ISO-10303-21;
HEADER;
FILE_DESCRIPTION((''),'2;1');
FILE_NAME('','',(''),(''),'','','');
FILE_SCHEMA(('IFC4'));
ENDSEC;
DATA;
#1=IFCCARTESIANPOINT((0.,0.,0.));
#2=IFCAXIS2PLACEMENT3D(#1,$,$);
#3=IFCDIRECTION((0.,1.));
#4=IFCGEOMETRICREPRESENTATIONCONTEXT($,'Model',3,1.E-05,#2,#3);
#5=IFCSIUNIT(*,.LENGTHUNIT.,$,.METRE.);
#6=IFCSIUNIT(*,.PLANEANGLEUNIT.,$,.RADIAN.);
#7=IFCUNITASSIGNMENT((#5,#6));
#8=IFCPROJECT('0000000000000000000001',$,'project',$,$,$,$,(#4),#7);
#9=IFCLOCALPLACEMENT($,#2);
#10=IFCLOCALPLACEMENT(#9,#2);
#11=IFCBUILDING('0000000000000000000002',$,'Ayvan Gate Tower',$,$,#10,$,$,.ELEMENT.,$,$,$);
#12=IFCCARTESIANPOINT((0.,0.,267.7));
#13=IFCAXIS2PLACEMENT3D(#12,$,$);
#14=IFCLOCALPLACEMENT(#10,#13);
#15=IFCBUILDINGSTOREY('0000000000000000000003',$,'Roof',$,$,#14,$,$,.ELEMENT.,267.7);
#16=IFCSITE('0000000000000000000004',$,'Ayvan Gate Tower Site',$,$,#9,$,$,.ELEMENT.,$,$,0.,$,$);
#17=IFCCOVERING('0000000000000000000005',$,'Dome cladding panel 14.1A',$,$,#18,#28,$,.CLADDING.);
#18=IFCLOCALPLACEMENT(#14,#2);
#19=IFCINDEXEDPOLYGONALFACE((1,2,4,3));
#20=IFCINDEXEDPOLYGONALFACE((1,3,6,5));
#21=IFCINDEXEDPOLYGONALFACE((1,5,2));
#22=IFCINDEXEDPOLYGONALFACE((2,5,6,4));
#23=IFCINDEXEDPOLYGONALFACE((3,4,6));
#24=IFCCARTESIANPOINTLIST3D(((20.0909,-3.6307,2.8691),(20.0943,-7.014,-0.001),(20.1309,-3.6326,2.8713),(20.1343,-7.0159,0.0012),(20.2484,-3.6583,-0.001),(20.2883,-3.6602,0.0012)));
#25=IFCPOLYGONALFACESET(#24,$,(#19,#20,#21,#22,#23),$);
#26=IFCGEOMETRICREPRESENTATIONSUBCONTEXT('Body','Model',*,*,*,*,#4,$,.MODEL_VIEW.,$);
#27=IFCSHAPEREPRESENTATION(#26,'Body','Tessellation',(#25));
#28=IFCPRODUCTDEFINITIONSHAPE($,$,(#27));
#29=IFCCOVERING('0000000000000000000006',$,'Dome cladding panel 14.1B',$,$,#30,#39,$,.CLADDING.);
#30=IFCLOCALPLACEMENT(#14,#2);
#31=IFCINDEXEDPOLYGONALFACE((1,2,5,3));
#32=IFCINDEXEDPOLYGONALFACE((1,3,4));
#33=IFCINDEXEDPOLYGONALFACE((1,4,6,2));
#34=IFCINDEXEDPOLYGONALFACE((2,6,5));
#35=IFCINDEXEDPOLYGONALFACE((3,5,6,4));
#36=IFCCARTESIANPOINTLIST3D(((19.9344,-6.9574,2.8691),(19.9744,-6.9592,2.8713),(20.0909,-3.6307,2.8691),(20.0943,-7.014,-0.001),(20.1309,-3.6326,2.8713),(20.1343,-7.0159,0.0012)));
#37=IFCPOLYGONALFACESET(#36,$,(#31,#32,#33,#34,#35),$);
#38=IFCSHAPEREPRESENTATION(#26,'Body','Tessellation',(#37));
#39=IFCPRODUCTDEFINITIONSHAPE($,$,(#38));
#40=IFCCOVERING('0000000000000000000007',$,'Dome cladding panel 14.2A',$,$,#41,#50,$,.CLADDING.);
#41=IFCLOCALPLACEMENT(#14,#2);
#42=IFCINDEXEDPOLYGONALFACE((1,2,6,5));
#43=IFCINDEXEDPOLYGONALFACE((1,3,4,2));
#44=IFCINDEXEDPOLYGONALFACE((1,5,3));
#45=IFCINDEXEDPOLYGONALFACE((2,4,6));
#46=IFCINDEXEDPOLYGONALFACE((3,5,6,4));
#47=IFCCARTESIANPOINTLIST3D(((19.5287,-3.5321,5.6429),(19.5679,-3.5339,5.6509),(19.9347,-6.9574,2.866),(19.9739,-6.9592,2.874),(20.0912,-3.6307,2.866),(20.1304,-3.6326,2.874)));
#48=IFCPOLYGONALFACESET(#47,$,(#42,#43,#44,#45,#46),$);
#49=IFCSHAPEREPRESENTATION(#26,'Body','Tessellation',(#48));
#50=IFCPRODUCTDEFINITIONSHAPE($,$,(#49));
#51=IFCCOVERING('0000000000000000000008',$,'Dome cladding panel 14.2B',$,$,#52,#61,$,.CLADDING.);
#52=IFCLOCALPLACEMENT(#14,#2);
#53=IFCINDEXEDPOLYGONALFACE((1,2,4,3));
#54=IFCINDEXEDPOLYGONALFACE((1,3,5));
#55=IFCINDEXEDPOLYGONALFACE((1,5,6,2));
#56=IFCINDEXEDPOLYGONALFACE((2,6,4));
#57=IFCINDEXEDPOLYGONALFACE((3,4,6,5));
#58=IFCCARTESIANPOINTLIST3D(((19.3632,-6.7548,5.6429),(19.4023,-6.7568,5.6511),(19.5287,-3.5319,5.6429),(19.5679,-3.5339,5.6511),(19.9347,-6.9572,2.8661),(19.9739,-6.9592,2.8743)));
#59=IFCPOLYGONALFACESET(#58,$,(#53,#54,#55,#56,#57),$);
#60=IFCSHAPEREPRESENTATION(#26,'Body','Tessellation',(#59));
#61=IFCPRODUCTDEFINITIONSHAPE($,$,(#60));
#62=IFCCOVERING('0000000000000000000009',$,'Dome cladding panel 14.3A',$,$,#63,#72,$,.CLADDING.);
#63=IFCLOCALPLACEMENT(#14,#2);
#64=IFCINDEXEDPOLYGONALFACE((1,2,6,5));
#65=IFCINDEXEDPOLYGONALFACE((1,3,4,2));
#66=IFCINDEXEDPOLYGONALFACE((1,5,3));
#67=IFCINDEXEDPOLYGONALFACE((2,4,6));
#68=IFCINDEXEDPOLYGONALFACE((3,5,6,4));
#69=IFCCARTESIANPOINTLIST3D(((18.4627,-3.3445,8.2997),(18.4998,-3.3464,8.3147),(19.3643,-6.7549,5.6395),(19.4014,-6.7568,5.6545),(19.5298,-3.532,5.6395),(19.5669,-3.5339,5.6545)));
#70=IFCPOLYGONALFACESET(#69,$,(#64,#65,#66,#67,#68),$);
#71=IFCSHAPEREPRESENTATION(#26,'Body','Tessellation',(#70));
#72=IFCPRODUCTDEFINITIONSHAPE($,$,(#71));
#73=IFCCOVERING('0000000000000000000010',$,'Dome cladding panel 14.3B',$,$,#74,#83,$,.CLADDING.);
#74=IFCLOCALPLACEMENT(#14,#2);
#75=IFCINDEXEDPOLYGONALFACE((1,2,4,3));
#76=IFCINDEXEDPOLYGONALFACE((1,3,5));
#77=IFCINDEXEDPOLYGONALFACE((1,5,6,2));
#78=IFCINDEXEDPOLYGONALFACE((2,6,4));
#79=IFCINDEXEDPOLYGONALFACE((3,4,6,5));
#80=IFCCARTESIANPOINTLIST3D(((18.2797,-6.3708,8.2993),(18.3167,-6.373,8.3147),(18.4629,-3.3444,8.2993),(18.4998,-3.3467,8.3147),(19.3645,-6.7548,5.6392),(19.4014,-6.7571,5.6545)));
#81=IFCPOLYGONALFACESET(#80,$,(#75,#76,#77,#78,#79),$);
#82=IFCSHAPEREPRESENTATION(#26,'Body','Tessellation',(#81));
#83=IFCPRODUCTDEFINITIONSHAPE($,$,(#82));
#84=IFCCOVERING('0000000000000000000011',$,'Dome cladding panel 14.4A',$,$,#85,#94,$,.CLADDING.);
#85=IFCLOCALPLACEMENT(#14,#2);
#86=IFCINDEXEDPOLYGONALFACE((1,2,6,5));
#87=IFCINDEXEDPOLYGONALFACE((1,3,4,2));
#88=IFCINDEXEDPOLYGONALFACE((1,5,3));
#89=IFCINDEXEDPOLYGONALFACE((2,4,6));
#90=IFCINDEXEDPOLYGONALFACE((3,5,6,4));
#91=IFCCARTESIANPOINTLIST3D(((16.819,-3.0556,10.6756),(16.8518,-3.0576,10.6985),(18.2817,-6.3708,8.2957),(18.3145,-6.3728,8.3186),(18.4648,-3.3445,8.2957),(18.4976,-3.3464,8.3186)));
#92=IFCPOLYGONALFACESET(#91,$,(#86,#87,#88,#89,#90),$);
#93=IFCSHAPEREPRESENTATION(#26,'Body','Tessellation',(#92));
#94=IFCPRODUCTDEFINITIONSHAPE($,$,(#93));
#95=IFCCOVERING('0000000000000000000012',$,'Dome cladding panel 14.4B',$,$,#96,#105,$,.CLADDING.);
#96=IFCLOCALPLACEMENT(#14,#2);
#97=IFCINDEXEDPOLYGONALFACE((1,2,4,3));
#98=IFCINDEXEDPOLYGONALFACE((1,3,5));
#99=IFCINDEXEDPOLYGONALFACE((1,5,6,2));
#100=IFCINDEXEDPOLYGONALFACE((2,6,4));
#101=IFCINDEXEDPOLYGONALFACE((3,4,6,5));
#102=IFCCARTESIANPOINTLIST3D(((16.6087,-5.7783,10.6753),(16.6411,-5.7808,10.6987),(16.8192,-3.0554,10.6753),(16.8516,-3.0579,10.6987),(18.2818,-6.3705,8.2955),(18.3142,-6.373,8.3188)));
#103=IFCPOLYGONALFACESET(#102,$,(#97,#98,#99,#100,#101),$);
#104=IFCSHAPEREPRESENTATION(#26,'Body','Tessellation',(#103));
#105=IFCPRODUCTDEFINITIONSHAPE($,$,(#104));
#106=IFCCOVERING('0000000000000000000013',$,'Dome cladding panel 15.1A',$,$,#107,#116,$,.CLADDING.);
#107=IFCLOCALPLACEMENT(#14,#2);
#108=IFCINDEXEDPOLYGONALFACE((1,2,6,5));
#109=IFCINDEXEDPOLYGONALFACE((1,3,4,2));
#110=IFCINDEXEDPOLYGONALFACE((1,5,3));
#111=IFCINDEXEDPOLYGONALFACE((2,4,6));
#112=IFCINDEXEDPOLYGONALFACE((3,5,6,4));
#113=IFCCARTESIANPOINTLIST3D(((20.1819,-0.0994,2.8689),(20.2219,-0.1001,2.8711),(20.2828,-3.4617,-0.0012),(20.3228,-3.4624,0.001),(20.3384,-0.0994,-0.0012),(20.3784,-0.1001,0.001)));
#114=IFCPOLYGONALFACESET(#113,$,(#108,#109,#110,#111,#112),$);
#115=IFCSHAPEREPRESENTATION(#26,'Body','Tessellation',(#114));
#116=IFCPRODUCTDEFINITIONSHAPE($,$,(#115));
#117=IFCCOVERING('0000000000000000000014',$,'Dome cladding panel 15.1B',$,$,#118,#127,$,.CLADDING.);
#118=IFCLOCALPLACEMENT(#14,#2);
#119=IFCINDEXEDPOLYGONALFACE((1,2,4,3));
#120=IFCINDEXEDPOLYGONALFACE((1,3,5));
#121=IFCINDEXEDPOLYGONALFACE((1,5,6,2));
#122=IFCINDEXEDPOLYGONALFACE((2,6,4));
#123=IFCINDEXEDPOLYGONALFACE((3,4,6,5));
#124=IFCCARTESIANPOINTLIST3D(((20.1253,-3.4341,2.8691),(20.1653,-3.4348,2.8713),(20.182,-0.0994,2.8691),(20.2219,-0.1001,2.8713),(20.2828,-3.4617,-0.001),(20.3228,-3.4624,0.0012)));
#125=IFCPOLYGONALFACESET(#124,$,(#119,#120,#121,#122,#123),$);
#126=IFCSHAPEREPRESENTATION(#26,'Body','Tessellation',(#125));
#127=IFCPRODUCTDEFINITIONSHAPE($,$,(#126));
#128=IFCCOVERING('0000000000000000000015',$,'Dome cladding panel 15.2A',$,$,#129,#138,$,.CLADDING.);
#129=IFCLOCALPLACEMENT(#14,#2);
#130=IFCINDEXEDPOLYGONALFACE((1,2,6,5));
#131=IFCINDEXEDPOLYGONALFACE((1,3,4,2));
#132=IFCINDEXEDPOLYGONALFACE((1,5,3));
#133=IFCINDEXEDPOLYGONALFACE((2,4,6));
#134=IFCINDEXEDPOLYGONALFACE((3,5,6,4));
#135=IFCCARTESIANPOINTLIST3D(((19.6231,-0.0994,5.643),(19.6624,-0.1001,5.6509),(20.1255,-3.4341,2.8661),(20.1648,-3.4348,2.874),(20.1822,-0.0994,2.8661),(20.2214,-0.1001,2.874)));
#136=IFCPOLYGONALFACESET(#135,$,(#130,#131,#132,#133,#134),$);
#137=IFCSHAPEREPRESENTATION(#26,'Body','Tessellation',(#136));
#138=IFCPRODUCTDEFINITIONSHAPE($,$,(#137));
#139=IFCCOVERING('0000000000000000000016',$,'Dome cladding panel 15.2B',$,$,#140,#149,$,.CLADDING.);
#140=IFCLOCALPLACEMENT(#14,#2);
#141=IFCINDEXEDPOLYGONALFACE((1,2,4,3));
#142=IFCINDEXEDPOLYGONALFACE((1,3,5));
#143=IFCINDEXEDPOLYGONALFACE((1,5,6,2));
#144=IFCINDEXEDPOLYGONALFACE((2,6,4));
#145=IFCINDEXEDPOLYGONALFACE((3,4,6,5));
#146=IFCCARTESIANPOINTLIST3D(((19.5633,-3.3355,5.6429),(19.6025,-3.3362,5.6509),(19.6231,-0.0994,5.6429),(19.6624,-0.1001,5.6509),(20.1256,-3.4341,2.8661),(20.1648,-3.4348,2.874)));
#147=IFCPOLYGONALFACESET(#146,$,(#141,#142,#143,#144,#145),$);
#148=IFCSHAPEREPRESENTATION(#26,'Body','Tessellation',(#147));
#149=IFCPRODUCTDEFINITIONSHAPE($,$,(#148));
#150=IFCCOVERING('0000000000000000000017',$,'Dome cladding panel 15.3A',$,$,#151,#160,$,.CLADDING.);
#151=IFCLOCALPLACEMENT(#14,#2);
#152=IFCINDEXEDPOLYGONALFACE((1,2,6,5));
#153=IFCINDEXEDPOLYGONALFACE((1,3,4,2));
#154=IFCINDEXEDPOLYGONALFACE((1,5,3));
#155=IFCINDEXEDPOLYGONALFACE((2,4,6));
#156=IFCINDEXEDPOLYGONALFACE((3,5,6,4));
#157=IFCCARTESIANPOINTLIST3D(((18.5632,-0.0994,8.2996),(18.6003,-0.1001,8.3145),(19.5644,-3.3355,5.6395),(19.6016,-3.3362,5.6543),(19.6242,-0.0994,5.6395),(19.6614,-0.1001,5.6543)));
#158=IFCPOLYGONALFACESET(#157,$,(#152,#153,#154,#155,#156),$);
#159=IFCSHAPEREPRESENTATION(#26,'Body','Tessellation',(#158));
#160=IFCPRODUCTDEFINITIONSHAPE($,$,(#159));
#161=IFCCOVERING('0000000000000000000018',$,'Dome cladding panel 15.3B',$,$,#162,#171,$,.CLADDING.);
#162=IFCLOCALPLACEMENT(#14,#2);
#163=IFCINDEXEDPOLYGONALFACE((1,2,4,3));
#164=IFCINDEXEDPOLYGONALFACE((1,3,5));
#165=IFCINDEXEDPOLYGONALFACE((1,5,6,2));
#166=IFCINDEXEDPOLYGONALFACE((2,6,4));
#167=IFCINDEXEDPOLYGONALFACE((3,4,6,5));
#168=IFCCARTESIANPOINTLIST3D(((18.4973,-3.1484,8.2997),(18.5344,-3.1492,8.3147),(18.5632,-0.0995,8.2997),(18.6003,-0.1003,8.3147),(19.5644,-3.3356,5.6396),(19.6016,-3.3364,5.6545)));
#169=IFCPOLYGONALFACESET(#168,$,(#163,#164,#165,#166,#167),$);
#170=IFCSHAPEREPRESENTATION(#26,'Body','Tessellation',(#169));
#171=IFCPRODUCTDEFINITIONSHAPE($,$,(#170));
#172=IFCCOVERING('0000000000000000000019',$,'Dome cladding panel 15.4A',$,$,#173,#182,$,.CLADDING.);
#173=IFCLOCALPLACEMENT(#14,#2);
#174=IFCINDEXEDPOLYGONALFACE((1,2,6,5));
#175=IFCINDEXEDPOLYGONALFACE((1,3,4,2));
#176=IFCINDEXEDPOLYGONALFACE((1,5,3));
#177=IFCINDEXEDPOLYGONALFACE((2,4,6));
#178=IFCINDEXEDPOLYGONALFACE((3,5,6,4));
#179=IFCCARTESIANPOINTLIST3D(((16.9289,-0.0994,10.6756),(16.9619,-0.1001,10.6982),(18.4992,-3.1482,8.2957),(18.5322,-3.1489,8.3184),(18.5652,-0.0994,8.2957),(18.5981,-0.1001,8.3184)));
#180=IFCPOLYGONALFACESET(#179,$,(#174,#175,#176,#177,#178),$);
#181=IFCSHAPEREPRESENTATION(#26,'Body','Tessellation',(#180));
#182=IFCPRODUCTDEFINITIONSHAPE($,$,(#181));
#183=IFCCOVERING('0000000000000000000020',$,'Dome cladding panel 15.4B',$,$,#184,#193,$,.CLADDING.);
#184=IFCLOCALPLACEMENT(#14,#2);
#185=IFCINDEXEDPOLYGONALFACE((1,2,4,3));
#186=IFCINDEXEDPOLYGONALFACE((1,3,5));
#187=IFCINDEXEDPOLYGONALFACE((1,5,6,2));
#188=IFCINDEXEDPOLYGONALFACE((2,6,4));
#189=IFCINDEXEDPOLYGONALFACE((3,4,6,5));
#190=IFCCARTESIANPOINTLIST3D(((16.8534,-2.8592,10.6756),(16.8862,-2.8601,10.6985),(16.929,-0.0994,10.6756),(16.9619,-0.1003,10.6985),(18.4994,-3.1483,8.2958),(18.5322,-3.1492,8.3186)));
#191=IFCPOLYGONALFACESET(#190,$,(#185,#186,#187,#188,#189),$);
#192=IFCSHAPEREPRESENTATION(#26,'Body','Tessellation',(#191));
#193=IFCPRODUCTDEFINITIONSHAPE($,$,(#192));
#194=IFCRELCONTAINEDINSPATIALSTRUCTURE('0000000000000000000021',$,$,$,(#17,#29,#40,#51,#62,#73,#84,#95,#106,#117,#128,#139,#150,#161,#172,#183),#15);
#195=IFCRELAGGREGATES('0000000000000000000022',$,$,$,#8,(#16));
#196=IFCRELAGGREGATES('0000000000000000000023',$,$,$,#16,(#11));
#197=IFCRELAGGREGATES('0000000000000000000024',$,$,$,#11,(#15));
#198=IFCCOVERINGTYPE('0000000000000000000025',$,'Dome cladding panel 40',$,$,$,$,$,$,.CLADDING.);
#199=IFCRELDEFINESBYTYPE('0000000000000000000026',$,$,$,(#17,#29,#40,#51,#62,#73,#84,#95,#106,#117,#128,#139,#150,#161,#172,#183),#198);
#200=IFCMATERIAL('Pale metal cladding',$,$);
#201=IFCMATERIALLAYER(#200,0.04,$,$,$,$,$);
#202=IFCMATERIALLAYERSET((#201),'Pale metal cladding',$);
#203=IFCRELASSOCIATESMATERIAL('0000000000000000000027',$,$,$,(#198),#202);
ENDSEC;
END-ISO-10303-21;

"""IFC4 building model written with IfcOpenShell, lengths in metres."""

from ifc_helpers import new_model, si_unit, direction, frame, origin, place, context, subcontext, project, spatial, polyline, outline, extrude, material, layer, layer_set, type_object, element, save


model = new_model("IFC4")

# Units and contexts
model_context = context("Model", 3, precision=1e-05, world=origin(), true_north=direction((0.0, 1.0)))
body_context = subcontext(model_context, "Body", "Model", "MODEL_VIEW")
ifc_project = project(units=[si_unit("LENGTHUNIT", "METRE"), si_unit("PLANEANGLEUNIT", "RADIAN")], contexts=[model_context])

# Site, building, storey
site_placement = place(None, origin())
site = spatial("IfcSite", under=ifc_project, at=site_placement, Name="Ayvan Gate Tower Site", CompositionType="ELEMENT", RefElevation=0.0)
building_placement = place(site_placement, origin())
building = spatial("IfcBuilding", under=site, at=building_placement, Name="Ayvan Gate Tower", CompositionType="ELEMENT")
storey_placement = place(building_placement, frame((0.0, 0.0, 267.7)))
storey = spatial("IfcBuildingStorey", under=building, at=storey_placement, Name="Roof", CompositionType="ELEMENT", Elevation=267.7)

# Coverings
ifc_material_1 = material(Name="Pale metal cladding")
ifc_layer_1 = layer(ifc_material_1, 0.04)
ifc_layer_set_1 = layer_set([ifc_layer_1], Name="Pale metal cladding")
covering_type = type_object("IfcCoveringType", Name="Dome cladding panel 40", PredefinedType="CLADDING", material=ifc_layer_set_1)
covering_1_placement = place(storey_placement, frame((20.1343, -7.0159, 0.0012), z_axis=(0.997427, -0.045789, 0.055165), x_axis=(0.045859, 0.998948, 0.0)))
element("IfcCovering", 1, at=covering_1_placement, inside=storey, type_object=covering_type, Name="Dome cladding panel 14.1A", PredefinedType="CLADDING", context=body_context, shape_type="SweptSolid", body=[
    extrude(outline(polyline([(0.0, 0.0), (3.3592, 0.0), (3.3796, 2.8745), (0.0, 0.0)])), origin(), (0.0, 0.0, -1.0), 0.04),
])
covering_2_placement = place(storey_placement, frame((20.1343, -7.0159, 0.0012), z_axis=(0.9973, -0.046915, 0.056492), x_axis=(-0.00077, 0.762571, 0.646904)))
element("IfcCovering", 2, at=covering_2_placement, inside=storey, type_object=covering_type, Name="Dome cladding panel 14.1B", PredefinedType="CLADDING", context=body_context, shape_type="SweptSolid", body=[
    extrude(outline(polyline([(0.0, 0.0), (4.4367, 0.0), (1.9, 2.1579), (0.0, 0.0)])), origin(), (0.0, 0.0, -1.0), 0.04),
])
covering_3_placement = place(storey_placement, frame((19.9739, -6.9592, 2.874), z_axis=(0.978735, -0.046042, 0.199895), x_axis=(0.04699, 0.998895, 0.0)))
element("IfcCovering", 3, at=covering_3_placement, inside=storey, type_object=covering_type, Name="Dome cladding panel 14.2A", PredefinedType="CLADDING", context=body_context, shape_type="SweptSolid", body=[
    extrude(outline(polyline([(0.0, 0.0), (3.3303, 0.0), (3.4024, 2.8341), (0.0, 0.0)])), origin(), (0.0, 0.0, -1.0), 0.04),
])
covering_4_placement = place(storey_placement, frame((19.9739, -6.9592, 2.8743), z_axis=(0.977505, -0.050204, 0.20485), x_axis=(-0.091688, 0.773529, 0.627093)))
element("IfcCovering", 4, at=covering_4_placement, inside=storey, type_object=covering_type, Name="Dome cladding panel 14.2B", PredefinedType="CLADDING", context=body_context, shape_type="SweptSolid", body=[
    extrude(outline(polyline([(0.0, 0.0), (4.4281, 0.0), (1.9503, 2.0676), (0.0, 0.0)])), origin(), (0.0, 0.0, -1.0), 0.04),
])
covering_5_placement = place(storey_placement, frame((19.4014, -6.7568, 5.6545), z_axis=(0.925893, -0.047554, 0.37478), x_axis=(0.051292, 0.998684, 0.0)))
element("IfcCovering", 5, at=covering_5_placement, inside=storey, type_object=covering_type, Name="Dome cladding panel 14.3A", PredefinedType="CLADDING", context=body_context, shape_type="SweptSolid", body=[
    extrude(outline(polyline([(0.0, 0.0), (3.2271, 0.0), (3.3597, 2.8693), (0.0, 0.0)])), origin(), (0.0, 0.0, -1.0), 0.04),
])
covering_6_placement = place(storey_placement, frame((19.4014, -6.7571, 5.6545), z_axis=(0.921695, -0.055766, 0.383885), x_axis=(-0.204069, 0.771905, 0.602096)))
element("IfcCovering", 6, at=covering_6_placement, inside=storey, type_object=covering_type, Name="Dome cladding panel 14.3B", PredefinedType="CLADDING", context=body_context, shape_type="SweptSolid", body=[
    extrude(outline(polyline([(0.0, 0.0), (4.4182, 0.0), (2.1195, 1.977), (0.0, 0.0)])), origin(), (0.0, 0.0, -1.0), 0.04),
])
covering_7_placement = place(storey_placement, frame((18.3145, -6.3728, 8.3186), z_axis=(0.818661, -0.049532, 0.572137), x_axis=(0.060393, 0.998175, 0.0)))
element("IfcCovering", 7, at=covering_7_placement, inside=storey, type_object=covering_type, Name="Dome cladding panel 14.4A", PredefinedType="CLADDING", context=body_context, shape_type="SweptSolid", body=[
    extrude(outline(polyline([(0.0, 0.0), (3.0319, 0.0), (3.2208, 2.9017), (0.0, 0.0)])), origin(), (0.0, 0.0, -1.0), 0.04),
])
covering_8_placement = place(storey_placement, frame((18.3142, -6.373, 8.3188), z_axis=(0.809082, -0.062533, 0.58436), x_axis=(-0.337391, 0.76472, 0.548972)))
element("IfcCovering", 8, at=covering_8_placement, inside=storey, type_object=covering_type, Name="Dome cladding panel 14.4B", PredefinedType="CLADDING", context=body_context, shape_type="SweptSolid", body=[
    extrude(outline(polyline([(0.0, 0.0), (4.3352, 0.0), (2.3239, 1.8475), (0.0, 0.0)])), origin(), (0.0, 0.0, -1.0), 0.04),
])
covering_9_placement = place(storey_placement, frame((20.3228, -3.4624, 0.001), z_axis=(0.99838, -0.016529, 0.054437), x_axis=(0.016553, 0.999863, 0.0)))
element("IfcCovering", 9, at=covering_9_placement, inside=storey, type_object=covering_type, Name="Dome cladding panel 15.1A", PredefinedType="CLADDING", context=body_context, shape_type="SweptSolid", body=[
    extrude(outline(polyline([(0.0, 0.0), (3.3628, 0.0), (3.3602, 2.8744), (0.0, 0.0)])), origin(), (0.0, 0.0, -1.0), 0.04),
])
covering_10_placement = place(storey_placement, frame((20.3228, -3.4624, 0.0012), z_axis=(0.998346, -0.016957, 0.054938), x_axis=(-0.022803, 0.760383, 0.649075)))
element("IfcCovering", 10, at=covering_10_placement, inside=storey, type_object=covering_type, Name="Dome cladding panel 15.1B", PredefinedType="CLADDING", context=body_context, shape_type="SweptSolid", body=[
    extrude(outline(polyline([(0.0, 0.0), (4.4219, 0.0), (1.8875, 2.1681), (0.0, 0.0)])), origin(), (0.0, 0.0, -1.0), 0.04),
])
covering_11_placement = place(storey_placement, frame((20.1648, -3.4348, 2.874), z_axis=(0.980192, -0.016649, 0.197348), x_axis=(0.016983, 0.999856, 0.0)))
element("IfcCovering", 11, at=covering_11_placement, inside=storey, type_object=covering_type, Name="Dome cladding panel 15.2A", PredefinedType="CLADDING", context=body_context, shape_type="SweptSolid", body=[
    extrude(outline(polyline([(0.0, 0.0), (3.3352, 0.0), (3.3257, 2.8326), (0.0, 0.0)])), origin(), (0.0, 0.0, -1.0), 0.04),
])
covering_12_placement = place(storey_placement, frame((20.1648, -3.4348, 2.874), z_axis=(0.979825, -0.018111, 0.199038), x_axis=(-0.115015, 0.763357, 0.635656)))
element("IfcCovering", 12, at=covering_12_placement, inside=storey, type_object=covering_type, Name="Dome cladding panel 15.2B", PredefinedType="CLADDING", context=body_context, shape_type="SweptSolid", body=[
    extrude(outline(polyline([(0.0, 0.0), (4.3685, 0.0), (1.9051, 2.0994), (0.0, 0.0)])), origin(), (0.0, 0.0, -1.0), 0.04),
])
covering_13_placement = place(storey_placement, frame((19.6016, -3.3362, 5.6543), z_axis=(0.928704, -0.017166, 0.370425), x_axis=(0.01848, 0.999829, 0.0)))
element("IfcCovering", 13, at=covering_13_placement, inside=storey, type_object=covering_type, Name="Dome cladding panel 15.3A", PredefinedType="CLADDING", context=body_context, shape_type="SweptSolid", body=[
    extrude(outline(polyline([(0.0, 0.0), (3.2366, 0.0), (3.217, 2.8639), (0.0, 0.0)])), origin(), (0.0, 0.0, -1.0), 0.04),
])
covering_14_placement = place(storey_placement, frame((19.6016, -3.3364, 5.6545), z_axis=(0.927431, -0.020052, 0.373456), x_axis=(-0.232458, 0.751337, 0.617621)))
element("IfcCovering", 14, at=covering_14_placement, inside=storey, type_object=covering_type, Name="Dome cladding panel 15.3B", PredefinedType="CLADDING", context=body_context, shape_type="SweptSolid", body=[
    extrude(outline(polyline([(0.0, 0.0), (4.3071, 0.0), (2.0317, 2.0304), (0.0, 0.0)])), origin(), (0.0, 0.0, -1.0), 0.04),
])
covering_15_placement = place(storey_placement, frame((18.5322, -3.1489, 8.3184), z_axis=(0.823901, -0.017813, 0.566453), x_axis=(0.021616, 0.999766, 0.0)))
element("IfcCovering", 15, at=covering_15_placement, inside=storey, type_object=covering_type, Name="Dome cladding panel 15.4A", PredefinedType="CLADDING", context=body_context, shape_type="SweptSolid", body=[
    extrude(outline(polyline([(0.0, 0.0), (3.0495, 0.0), (3.0142, 2.8879), (0.0, 0.0)])), origin(), (0.0, 0.0, -1.0), 0.04),
])
covering_16_placement = place(storey_placement, frame((18.5322, -3.1492, 8.3186), z_axis=(0.820963, -0.022514, 0.570537), x_axis=(-0.376183, 0.730374, 0.570123)))
element("IfcCovering", 16, at=covering_16_placement, inside=storey, type_object=covering_type, Name="Dome cladding panel 15.4B", PredefinedType="CLADDING", context=body_context, shape_type="SweptSolid", body=[
    extrude(outline(polyline([(0.0, 0.0), (4.1743, 0.0), (2.1871, 1.9165), (0.0, 0.0)])), origin(), (0.0, 0.0, -1.0), 0.04),
])

save(model, "model.ifc")
